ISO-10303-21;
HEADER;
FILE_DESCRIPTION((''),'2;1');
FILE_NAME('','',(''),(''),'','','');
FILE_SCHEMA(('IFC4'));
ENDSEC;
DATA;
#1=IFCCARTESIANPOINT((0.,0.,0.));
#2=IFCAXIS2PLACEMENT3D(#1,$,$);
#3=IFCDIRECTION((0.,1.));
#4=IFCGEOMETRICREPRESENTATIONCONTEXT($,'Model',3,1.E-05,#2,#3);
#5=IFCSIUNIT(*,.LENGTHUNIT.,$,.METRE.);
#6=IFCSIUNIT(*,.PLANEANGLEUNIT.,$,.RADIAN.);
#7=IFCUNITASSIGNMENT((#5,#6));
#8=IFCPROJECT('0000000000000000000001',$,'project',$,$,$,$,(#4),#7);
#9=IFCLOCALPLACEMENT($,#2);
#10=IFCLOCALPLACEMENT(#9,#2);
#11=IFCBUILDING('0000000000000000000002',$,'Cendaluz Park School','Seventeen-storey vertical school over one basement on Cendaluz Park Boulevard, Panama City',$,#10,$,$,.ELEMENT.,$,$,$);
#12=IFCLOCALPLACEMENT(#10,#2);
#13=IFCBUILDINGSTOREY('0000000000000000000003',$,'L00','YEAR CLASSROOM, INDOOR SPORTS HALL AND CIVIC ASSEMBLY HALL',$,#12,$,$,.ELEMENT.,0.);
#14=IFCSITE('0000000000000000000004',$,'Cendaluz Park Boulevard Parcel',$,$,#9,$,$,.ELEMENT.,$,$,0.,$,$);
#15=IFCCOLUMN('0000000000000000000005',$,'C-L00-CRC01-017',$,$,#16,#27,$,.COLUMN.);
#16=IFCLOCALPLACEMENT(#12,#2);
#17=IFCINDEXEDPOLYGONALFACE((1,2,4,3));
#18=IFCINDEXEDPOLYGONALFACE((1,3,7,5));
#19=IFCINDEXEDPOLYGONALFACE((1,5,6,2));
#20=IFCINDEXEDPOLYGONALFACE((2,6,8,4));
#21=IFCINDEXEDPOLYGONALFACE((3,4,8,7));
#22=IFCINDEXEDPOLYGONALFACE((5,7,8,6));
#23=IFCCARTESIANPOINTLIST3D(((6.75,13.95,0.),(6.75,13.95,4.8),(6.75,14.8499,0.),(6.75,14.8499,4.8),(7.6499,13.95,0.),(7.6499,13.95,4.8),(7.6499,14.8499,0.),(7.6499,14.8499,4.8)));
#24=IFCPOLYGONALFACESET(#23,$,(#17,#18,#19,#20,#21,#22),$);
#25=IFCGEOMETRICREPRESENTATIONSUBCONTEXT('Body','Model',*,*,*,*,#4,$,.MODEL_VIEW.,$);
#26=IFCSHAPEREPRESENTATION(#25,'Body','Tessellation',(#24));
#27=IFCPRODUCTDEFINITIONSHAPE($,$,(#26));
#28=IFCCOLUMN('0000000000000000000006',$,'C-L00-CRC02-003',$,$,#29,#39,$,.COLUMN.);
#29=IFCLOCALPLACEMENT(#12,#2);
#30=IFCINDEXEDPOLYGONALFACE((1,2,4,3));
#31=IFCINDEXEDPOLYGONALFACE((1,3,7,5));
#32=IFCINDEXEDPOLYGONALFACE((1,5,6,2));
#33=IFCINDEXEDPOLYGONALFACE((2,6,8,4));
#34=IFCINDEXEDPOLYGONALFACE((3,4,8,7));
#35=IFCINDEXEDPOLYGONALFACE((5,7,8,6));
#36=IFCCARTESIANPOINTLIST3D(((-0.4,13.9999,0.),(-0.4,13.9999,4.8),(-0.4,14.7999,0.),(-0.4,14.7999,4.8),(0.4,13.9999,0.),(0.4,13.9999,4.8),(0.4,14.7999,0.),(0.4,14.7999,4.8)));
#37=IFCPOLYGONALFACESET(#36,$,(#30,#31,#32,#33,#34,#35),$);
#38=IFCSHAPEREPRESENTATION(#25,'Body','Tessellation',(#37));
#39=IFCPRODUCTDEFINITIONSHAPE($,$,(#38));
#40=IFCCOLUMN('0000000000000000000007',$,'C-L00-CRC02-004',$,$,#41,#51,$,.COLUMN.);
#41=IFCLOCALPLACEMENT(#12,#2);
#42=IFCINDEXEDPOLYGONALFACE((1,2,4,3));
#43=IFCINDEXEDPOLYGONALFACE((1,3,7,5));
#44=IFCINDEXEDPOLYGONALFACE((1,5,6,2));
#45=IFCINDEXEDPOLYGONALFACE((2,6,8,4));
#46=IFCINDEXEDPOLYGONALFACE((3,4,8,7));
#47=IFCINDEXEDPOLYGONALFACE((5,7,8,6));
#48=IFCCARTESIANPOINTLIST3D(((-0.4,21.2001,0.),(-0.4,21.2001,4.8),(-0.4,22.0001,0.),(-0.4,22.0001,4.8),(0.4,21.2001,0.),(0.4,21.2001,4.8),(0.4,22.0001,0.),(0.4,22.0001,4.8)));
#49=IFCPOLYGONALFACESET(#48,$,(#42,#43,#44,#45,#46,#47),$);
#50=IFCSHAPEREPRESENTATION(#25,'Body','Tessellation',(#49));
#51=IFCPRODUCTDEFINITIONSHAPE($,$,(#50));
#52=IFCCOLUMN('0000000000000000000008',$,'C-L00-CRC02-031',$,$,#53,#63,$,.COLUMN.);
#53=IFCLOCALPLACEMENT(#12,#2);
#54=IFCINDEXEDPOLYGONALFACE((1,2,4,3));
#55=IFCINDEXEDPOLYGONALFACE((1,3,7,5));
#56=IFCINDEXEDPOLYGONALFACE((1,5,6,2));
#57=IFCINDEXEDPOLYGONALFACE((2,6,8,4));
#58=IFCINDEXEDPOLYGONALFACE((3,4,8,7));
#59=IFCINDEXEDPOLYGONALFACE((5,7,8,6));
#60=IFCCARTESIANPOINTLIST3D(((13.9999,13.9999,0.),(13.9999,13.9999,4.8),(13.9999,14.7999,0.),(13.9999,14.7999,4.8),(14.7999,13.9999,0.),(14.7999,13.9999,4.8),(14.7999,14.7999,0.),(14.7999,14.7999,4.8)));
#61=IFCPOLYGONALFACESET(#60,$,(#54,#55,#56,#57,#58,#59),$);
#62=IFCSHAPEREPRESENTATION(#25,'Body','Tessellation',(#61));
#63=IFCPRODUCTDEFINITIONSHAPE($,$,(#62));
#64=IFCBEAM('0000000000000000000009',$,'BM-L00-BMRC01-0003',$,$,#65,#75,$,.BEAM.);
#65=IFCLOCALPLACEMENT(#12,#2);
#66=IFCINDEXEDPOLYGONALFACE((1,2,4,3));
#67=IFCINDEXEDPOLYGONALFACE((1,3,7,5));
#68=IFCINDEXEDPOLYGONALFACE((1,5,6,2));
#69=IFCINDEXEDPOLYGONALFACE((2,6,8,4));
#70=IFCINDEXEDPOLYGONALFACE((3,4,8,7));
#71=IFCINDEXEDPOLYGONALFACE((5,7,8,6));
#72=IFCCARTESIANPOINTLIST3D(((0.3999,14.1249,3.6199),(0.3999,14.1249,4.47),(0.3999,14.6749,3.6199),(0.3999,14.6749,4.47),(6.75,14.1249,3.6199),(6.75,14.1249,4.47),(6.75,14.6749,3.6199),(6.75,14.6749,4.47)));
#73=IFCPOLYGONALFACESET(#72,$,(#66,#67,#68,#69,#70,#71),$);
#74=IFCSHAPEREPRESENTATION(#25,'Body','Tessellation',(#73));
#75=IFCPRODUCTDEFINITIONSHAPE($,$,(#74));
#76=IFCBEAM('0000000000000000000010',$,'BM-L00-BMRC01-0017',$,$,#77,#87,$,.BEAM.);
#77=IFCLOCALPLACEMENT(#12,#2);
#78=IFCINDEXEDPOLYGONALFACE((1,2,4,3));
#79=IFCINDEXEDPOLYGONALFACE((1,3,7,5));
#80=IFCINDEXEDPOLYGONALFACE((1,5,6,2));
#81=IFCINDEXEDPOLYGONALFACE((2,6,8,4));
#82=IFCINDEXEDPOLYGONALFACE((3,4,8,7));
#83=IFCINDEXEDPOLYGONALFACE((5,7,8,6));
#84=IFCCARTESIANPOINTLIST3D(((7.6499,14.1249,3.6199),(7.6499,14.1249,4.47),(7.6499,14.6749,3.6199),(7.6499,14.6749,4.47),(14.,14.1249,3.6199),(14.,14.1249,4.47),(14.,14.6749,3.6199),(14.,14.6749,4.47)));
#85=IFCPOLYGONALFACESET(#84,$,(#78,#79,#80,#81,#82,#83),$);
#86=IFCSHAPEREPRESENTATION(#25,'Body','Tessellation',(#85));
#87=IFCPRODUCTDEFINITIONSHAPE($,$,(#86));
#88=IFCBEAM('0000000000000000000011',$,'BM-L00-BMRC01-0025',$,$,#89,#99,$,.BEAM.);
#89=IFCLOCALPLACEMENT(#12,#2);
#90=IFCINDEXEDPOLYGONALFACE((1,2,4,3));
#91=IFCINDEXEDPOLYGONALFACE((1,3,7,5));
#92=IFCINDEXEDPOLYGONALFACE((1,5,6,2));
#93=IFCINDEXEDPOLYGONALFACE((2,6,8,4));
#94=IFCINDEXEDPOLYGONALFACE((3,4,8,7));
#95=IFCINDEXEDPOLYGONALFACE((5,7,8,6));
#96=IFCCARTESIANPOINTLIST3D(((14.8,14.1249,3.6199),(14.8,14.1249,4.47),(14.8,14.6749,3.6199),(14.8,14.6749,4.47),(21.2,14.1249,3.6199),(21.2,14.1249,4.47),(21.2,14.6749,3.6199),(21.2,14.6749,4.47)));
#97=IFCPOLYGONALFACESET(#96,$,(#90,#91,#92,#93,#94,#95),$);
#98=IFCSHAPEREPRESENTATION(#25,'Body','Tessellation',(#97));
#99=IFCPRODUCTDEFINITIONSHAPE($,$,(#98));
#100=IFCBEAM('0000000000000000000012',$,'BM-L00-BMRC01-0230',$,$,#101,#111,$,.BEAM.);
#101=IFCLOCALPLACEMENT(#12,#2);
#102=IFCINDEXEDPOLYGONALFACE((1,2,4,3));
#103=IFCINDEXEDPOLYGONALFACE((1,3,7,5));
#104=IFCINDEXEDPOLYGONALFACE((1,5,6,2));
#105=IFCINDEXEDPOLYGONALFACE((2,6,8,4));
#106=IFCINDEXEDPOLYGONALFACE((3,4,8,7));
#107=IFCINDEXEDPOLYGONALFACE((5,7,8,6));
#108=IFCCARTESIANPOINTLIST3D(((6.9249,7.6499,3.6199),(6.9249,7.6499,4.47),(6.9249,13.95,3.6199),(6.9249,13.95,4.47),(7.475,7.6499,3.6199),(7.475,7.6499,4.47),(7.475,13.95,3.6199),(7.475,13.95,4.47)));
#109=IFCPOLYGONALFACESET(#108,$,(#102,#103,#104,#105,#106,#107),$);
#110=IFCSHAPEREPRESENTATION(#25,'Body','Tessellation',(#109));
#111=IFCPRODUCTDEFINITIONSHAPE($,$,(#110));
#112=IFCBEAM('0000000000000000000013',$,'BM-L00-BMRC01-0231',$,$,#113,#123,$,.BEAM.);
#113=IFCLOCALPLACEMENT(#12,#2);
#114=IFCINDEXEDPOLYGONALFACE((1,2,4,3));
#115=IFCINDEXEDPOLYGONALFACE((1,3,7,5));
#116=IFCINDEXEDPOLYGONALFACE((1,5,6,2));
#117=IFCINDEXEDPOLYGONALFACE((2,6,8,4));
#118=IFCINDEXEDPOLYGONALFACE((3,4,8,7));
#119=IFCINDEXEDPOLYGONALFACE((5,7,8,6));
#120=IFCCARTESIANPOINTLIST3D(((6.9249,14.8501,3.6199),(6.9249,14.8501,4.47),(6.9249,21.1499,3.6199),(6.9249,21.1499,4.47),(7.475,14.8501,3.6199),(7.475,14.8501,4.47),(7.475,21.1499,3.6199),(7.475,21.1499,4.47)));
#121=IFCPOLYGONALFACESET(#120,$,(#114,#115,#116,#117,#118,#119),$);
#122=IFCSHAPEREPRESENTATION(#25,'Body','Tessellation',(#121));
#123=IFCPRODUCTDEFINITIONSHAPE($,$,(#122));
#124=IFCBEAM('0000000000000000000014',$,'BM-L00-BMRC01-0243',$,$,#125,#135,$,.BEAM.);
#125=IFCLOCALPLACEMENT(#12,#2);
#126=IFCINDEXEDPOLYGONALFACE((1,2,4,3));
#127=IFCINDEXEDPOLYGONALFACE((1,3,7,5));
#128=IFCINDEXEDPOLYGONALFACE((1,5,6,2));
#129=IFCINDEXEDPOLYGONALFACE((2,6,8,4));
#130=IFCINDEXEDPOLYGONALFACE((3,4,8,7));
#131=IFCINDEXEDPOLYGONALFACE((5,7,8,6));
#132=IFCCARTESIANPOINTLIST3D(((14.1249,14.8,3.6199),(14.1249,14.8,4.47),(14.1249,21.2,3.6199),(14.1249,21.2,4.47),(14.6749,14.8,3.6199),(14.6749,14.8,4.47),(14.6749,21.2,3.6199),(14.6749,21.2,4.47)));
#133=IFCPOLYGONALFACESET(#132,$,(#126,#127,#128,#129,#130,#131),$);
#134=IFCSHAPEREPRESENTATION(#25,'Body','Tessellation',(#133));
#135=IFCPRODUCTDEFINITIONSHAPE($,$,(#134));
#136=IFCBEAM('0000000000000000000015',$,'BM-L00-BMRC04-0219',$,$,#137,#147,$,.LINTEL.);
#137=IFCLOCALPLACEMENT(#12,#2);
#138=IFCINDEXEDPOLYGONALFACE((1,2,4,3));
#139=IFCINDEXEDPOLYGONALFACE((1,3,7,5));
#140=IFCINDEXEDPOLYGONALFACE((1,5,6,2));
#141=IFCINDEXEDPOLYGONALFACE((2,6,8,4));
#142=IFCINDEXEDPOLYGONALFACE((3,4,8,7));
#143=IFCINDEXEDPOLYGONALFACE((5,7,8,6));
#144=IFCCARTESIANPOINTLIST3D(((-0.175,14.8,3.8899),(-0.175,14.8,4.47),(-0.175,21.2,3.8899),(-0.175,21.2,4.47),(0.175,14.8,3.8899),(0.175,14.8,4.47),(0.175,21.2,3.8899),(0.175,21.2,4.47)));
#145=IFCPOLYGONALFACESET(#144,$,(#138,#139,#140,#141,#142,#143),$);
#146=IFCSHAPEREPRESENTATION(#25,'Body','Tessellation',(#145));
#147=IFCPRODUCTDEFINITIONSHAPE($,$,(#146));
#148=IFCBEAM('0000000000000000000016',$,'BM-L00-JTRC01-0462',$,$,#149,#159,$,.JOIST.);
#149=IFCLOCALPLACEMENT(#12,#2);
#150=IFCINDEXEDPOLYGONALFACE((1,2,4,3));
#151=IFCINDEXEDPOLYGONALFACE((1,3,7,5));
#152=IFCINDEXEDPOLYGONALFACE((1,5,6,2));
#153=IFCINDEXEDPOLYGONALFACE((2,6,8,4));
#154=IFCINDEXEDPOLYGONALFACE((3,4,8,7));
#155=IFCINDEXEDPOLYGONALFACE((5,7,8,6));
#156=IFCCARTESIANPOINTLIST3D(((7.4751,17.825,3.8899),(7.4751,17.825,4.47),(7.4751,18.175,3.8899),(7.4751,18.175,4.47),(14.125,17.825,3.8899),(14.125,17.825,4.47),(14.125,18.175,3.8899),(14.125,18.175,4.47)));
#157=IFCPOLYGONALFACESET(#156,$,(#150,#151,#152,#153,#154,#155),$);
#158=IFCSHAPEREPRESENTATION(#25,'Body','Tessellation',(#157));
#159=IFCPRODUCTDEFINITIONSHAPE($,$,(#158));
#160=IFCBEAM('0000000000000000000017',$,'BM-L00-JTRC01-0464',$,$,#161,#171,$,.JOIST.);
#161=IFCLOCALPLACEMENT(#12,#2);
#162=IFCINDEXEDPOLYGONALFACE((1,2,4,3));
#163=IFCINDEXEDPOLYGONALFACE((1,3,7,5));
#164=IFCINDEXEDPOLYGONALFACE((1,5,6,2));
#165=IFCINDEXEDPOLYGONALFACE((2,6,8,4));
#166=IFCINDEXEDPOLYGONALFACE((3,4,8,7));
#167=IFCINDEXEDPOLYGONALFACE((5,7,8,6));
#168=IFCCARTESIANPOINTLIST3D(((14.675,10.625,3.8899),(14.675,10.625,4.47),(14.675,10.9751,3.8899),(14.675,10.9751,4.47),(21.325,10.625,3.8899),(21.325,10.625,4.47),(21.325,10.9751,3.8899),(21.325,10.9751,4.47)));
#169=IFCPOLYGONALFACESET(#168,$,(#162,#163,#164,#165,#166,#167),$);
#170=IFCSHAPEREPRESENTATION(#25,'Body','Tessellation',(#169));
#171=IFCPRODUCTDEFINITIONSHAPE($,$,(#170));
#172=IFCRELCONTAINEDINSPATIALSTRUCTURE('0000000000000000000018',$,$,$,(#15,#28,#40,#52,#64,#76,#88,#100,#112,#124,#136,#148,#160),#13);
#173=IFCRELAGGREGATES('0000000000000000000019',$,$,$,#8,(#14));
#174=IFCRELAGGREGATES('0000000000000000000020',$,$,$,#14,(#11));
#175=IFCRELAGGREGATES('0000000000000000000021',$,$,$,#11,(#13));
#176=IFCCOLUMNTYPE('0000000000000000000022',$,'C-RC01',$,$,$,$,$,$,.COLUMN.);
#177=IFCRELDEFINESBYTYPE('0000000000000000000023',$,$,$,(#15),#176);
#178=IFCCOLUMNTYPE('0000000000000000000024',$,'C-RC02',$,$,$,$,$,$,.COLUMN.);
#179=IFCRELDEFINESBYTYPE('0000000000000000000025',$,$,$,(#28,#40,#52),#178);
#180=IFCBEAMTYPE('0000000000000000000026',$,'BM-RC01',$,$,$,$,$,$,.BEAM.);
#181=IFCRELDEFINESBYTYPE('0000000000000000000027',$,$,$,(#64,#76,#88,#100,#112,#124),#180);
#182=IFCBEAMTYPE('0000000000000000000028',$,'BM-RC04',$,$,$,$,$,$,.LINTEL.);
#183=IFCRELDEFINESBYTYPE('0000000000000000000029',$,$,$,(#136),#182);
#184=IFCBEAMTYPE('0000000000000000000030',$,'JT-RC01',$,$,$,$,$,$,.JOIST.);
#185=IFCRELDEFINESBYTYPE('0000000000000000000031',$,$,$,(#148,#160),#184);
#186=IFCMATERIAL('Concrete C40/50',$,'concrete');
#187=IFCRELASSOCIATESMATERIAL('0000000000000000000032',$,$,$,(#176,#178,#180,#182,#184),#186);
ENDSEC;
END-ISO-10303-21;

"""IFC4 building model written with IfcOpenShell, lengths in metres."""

from ifc_helpers import new_model, si_unit, direction, frame, origin, origin_2d, place, context, subcontext, project, spatial, rectangle, extrude, material, material_profile, profile_set, type_object, element, save


model = new_model("IFC4")

# Units and contexts
model_context = context("Model", 3, precision=1e-05, world=origin(), true_north=direction((0.0, 1.0)))
body_context = subcontext(model_context, "Body", "Model", "MODEL_VIEW")
ifc_project = project(units=[si_unit("LENGTHUNIT", "METRE"), si_unit("PLANEANGLEUNIT", "RADIAN")], contexts=[model_context])

# Site, building, storey
site_placement = place(None, origin())
site = spatial("IfcSite", under=ifc_project, at=site_placement, Name="Cendaluz Park Boulevard Parcel", CompositionType="ELEMENT", RefElevation=0.0)
building_placement = place(site_placement, origin())
building = spatial("IfcBuilding", under=site, at=building_placement, Name="Cendaluz Park School", Description="Seventeen-storey vertical school over one basement on Cendaluz Park Boulevard, Panama City", CompositionType="ELEMENT")
storey_placement = place(building_placement, origin())
storey = spatial("IfcBuildingStorey", under=building, at=storey_placement, Name="L00", Description="YEAR CLASSROOM, INDOOR SPORTS HALL AND CIVIC ASSEMBLY HALL", CompositionType="ELEMENT", Elevation=0.0)

# Columns
ifc_material_1 = material(Name="Concrete C40/50", Category="concrete")
ifc_material_profile_1 = material_profile(ifc_material_1, rectangle(XDim=0.8999, YDim=0.8999, at=origin_2d()), Name="RC 900x900", Category="concrete")
ifc_profile_set_1 = profile_set([ifc_material_profile_1], Name="Concrete C40/50")
column_type_1 = type_object("IfcColumnType", Name="C-RC01", PredefinedType="COLUMN", material=ifc_profile_set_1)
column_placement = place(storey_placement, frame((7.2, 14.3999, 0.0), z_axis=(0.0, 0.0, 1.0), x_axis=(1.0, 0.0, 0.0)))
element("IfcColumn", 1, at=column_placement, inside=storey, type_object=column_type_1, Name="C-L00-CRC01-017", PredefinedType="COLUMN", context=body_context, shape_type="SweptSolid", body=[
    extrude(rectangle(XDim=0.8999, YDim=0.8999, at=origin_2d()), origin(), (0.0, 0.0, 1.0), 4.8),
])
ifc_material_profile_2 = material_profile(ifc_material_1, rectangle(XDim=0.8, YDim=0.8, at=origin_2d()), Name="RC 800x800", Category="concrete")
ifc_profile_set_2 = profile_set([ifc_material_profile_2], Name="Concrete C40/50")
column_type_2 = type_object("IfcColumnType", Name="C-RC02", PredefinedType="COLUMN", material=ifc_profile_set_2)
for number, where, z_axis, x_axis, name in (
    (2, (0.0, 14.3999, 0.0), (0.0, 0.0, 1.0), (1.0, 0.0, 0.0), "C-L00-CRC02-003"),
    (3, (0.0, 21.6001, 0.0), (0.0, 0.0, 1.0), (1.0, 0.0, 0.0), "C-L00-CRC02-004"),
    (4, (14.3999, 14.3999, 0.0), (0.0, 0.0, 1.0), (1.0, 0.0, 0.0), "C-L00-CRC02-031"),
):
    element("IfcColumn", number, at=place(storey_placement, frame(where, z_axis=z_axis, x_axis=x_axis)), inside=storey, type_object=column_type_2, Name=name, PredefinedType="COLUMN", context=body_context, shape_type="SweptSolid", body=[
        extrude(rectangle(XDim=0.8, YDim=0.8, at=origin_2d()), origin(), (0.0, 0.0, 1.0), 4.8),
    ])

# Beams
ifc_material_profile_3 = material_profile(ifc_material_1, rectangle(XDim=0.55, YDim=0.8501, at=origin_2d()), Name="RC 550x850", Category="concrete")
ifc_profile_set_3 = profile_set([ifc_material_profile_3], Name="Concrete C40/50")
beam_type_1 = type_object("IfcBeamType", Name="BM-RC01", PredefinedType="BEAM", material=ifc_profile_set_3)
for number, where, z_axis, x_axis, name in (
    (5, (0.3999, 14.3999, 4.0449), (1.0, 0.0, 0.0), (0.0, 1.0, 0.0), "BM-L00-BMRC01-0003"),
    (6, (7.6499, 14.3999, 4.0449), (1.0, 0.0, 0.0), (0.0, 1.0, 0.0), "BM-L00-BMRC01-0017"),
):
    element("IfcBeam", number, at=place(storey_placement, frame(where, z_axis=z_axis, x_axis=x_axis)), inside=storey, type_object=beam_type_1, Name=name, PredefinedType="BEAM", context=body_context, shape_type="SweptSolid", body=[
        extrude(rectangle(XDim=0.55, YDim=0.8501, at=origin_2d()), origin(), (0.0, 0.0, 1.0), 6.3501),
    ])
beam_1_placement = place(storey_placement, frame((14.8, 14.3999, 4.0449), z_axis=(1.0, 0.0, 0.0), x_axis=(0.0, 1.0, 0.0)))
element("IfcBeam", 7, at=beam_1_placement, inside=storey, type_object=beam_type_1, Name="BM-L00-BMRC01-0025", PredefinedType="BEAM", context=body_context, shape_type="SweptSolid", body=[
    extrude(rectangle(XDim=0.55, YDim=0.8501, at=origin_2d()), origin(), (0.0, 0.0, 1.0), 6.3999),
])
beam_2_placement = place(storey_placement, frame((7.2, 7.6499, 4.0449), z_axis=(0.0, 1.0, 0.0), x_axis=(-1.0, 0.0, 0.0)))
element("IfcBeam", 8, at=beam_2_placement, inside=storey, type_object=beam_type_1, Name="BM-L00-BMRC01-0230", PredefinedType="BEAM", context=body_context, shape_type="SweptSolid", body=[
    extrude(rectangle(XDim=0.55, YDim=0.8501, at=origin_2d()), origin(), (0.0, 0.0, 1.0), 6.3),
])
beam_3_placement = place(storey_placement, frame((7.2, 14.8501, 4.0449), z_axis=(0.0, 1.0, 0.0), x_axis=(-1.0, 0.0, 0.0)))
element("IfcBeam", 9, at=beam_3_placement, inside=storey, type_object=beam_type_1, Name="BM-L00-BMRC01-0231", PredefinedType="BEAM", context=body_context, shape_type="SweptSolid", body=[
    extrude(rectangle(XDim=0.55, YDim=0.8501, at=origin_2d()), origin(), (0.0, 0.0, 1.0), 6.2998),
])
beam_4_placement = place(storey_placement, frame((14.3999, 14.8, 4.0449), z_axis=(0.0, 1.0, 0.0), x_axis=(-1.0, 0.0, 0.0)))
element("IfcBeam", 10, at=beam_4_placement, inside=storey, type_object=beam_type_1, Name="BM-L00-BMRC01-0243", PredefinedType="BEAM", context=body_context, shape_type="SweptSolid", body=[
    extrude(rectangle(XDim=0.55, YDim=0.8501, at=origin_2d()), origin(), (0.0, 0.0, 1.0), 6.3999),
])
ifc_material_profile_4 = material_profile(ifc_material_1, rectangle(XDim=0.3501, YDim=0.5801, at=origin_2d()), Name="RC 350x580", Category="concrete")
ifc_profile_set_4 = profile_set([ifc_material_profile_4], Name="Concrete C40/50")
beam_type_2 = type_object("IfcBeamType", Name="BM-RC04", PredefinedType="LINTEL", material=ifc_profile_set_4)
beam_5_placement = place(storey_placement, frame((0.0, 14.8, 4.1799), z_axis=(0.0, 1.0, 0.0), x_axis=(-1.0, 0.0, 0.0)))
element("IfcBeam", 11, at=beam_5_placement, inside=storey, type_object=beam_type_2, Name="BM-L00-BMRC04-0219", PredefinedType="LINTEL", context=body_context, shape_type="SweptSolid", body=[
    extrude(rectangle(XDim=0.3501, YDim=0.5801, at=origin_2d()), origin(), (0.0, 0.0, 1.0), 6.3999),
])
ifc_material_profile_5 = material_profile(ifc_material_1, rectangle(XDim=0.3501, YDim=0.5801, at=origin_2d()), Name="RC 350x580", Category="concrete")
ifc_profile_set_5 = profile_set([ifc_material_profile_5], Name="Concrete C40/50")
beam_type_3 = type_object("IfcBeamType", Name="JT-RC01", PredefinedType="JOIST", material=ifc_profile_set_5)
for number, where, z_axis, x_axis, name in (
    (12, (7.4751, 18.0, 4.1799), (1.0, 0.0, 0.0), (0.0, 1.0, 0.0), "BM-L00-JTRC01-0462"),
    (13, (14.675, 10.8, 4.1799), (1.0, 0.0, 0.0), (0.0, 1.0, 0.0), "BM-L00-JTRC01-0464"),
):
    element("IfcBeam", number, at=place(storey_placement, frame(where, z_axis=z_axis, x_axis=x_axis)), inside=storey, type_object=beam_type_3, Name=name, PredefinedType="JOIST", context=body_context, shape_type="SweptSolid", body=[
        extrude(rectangle(XDim=0.3501, YDim=0.5801, at=origin_2d()), origin(), (0.0, 0.0, 1.0), 6.6499),
    ])

save(model, "model.ifc")
